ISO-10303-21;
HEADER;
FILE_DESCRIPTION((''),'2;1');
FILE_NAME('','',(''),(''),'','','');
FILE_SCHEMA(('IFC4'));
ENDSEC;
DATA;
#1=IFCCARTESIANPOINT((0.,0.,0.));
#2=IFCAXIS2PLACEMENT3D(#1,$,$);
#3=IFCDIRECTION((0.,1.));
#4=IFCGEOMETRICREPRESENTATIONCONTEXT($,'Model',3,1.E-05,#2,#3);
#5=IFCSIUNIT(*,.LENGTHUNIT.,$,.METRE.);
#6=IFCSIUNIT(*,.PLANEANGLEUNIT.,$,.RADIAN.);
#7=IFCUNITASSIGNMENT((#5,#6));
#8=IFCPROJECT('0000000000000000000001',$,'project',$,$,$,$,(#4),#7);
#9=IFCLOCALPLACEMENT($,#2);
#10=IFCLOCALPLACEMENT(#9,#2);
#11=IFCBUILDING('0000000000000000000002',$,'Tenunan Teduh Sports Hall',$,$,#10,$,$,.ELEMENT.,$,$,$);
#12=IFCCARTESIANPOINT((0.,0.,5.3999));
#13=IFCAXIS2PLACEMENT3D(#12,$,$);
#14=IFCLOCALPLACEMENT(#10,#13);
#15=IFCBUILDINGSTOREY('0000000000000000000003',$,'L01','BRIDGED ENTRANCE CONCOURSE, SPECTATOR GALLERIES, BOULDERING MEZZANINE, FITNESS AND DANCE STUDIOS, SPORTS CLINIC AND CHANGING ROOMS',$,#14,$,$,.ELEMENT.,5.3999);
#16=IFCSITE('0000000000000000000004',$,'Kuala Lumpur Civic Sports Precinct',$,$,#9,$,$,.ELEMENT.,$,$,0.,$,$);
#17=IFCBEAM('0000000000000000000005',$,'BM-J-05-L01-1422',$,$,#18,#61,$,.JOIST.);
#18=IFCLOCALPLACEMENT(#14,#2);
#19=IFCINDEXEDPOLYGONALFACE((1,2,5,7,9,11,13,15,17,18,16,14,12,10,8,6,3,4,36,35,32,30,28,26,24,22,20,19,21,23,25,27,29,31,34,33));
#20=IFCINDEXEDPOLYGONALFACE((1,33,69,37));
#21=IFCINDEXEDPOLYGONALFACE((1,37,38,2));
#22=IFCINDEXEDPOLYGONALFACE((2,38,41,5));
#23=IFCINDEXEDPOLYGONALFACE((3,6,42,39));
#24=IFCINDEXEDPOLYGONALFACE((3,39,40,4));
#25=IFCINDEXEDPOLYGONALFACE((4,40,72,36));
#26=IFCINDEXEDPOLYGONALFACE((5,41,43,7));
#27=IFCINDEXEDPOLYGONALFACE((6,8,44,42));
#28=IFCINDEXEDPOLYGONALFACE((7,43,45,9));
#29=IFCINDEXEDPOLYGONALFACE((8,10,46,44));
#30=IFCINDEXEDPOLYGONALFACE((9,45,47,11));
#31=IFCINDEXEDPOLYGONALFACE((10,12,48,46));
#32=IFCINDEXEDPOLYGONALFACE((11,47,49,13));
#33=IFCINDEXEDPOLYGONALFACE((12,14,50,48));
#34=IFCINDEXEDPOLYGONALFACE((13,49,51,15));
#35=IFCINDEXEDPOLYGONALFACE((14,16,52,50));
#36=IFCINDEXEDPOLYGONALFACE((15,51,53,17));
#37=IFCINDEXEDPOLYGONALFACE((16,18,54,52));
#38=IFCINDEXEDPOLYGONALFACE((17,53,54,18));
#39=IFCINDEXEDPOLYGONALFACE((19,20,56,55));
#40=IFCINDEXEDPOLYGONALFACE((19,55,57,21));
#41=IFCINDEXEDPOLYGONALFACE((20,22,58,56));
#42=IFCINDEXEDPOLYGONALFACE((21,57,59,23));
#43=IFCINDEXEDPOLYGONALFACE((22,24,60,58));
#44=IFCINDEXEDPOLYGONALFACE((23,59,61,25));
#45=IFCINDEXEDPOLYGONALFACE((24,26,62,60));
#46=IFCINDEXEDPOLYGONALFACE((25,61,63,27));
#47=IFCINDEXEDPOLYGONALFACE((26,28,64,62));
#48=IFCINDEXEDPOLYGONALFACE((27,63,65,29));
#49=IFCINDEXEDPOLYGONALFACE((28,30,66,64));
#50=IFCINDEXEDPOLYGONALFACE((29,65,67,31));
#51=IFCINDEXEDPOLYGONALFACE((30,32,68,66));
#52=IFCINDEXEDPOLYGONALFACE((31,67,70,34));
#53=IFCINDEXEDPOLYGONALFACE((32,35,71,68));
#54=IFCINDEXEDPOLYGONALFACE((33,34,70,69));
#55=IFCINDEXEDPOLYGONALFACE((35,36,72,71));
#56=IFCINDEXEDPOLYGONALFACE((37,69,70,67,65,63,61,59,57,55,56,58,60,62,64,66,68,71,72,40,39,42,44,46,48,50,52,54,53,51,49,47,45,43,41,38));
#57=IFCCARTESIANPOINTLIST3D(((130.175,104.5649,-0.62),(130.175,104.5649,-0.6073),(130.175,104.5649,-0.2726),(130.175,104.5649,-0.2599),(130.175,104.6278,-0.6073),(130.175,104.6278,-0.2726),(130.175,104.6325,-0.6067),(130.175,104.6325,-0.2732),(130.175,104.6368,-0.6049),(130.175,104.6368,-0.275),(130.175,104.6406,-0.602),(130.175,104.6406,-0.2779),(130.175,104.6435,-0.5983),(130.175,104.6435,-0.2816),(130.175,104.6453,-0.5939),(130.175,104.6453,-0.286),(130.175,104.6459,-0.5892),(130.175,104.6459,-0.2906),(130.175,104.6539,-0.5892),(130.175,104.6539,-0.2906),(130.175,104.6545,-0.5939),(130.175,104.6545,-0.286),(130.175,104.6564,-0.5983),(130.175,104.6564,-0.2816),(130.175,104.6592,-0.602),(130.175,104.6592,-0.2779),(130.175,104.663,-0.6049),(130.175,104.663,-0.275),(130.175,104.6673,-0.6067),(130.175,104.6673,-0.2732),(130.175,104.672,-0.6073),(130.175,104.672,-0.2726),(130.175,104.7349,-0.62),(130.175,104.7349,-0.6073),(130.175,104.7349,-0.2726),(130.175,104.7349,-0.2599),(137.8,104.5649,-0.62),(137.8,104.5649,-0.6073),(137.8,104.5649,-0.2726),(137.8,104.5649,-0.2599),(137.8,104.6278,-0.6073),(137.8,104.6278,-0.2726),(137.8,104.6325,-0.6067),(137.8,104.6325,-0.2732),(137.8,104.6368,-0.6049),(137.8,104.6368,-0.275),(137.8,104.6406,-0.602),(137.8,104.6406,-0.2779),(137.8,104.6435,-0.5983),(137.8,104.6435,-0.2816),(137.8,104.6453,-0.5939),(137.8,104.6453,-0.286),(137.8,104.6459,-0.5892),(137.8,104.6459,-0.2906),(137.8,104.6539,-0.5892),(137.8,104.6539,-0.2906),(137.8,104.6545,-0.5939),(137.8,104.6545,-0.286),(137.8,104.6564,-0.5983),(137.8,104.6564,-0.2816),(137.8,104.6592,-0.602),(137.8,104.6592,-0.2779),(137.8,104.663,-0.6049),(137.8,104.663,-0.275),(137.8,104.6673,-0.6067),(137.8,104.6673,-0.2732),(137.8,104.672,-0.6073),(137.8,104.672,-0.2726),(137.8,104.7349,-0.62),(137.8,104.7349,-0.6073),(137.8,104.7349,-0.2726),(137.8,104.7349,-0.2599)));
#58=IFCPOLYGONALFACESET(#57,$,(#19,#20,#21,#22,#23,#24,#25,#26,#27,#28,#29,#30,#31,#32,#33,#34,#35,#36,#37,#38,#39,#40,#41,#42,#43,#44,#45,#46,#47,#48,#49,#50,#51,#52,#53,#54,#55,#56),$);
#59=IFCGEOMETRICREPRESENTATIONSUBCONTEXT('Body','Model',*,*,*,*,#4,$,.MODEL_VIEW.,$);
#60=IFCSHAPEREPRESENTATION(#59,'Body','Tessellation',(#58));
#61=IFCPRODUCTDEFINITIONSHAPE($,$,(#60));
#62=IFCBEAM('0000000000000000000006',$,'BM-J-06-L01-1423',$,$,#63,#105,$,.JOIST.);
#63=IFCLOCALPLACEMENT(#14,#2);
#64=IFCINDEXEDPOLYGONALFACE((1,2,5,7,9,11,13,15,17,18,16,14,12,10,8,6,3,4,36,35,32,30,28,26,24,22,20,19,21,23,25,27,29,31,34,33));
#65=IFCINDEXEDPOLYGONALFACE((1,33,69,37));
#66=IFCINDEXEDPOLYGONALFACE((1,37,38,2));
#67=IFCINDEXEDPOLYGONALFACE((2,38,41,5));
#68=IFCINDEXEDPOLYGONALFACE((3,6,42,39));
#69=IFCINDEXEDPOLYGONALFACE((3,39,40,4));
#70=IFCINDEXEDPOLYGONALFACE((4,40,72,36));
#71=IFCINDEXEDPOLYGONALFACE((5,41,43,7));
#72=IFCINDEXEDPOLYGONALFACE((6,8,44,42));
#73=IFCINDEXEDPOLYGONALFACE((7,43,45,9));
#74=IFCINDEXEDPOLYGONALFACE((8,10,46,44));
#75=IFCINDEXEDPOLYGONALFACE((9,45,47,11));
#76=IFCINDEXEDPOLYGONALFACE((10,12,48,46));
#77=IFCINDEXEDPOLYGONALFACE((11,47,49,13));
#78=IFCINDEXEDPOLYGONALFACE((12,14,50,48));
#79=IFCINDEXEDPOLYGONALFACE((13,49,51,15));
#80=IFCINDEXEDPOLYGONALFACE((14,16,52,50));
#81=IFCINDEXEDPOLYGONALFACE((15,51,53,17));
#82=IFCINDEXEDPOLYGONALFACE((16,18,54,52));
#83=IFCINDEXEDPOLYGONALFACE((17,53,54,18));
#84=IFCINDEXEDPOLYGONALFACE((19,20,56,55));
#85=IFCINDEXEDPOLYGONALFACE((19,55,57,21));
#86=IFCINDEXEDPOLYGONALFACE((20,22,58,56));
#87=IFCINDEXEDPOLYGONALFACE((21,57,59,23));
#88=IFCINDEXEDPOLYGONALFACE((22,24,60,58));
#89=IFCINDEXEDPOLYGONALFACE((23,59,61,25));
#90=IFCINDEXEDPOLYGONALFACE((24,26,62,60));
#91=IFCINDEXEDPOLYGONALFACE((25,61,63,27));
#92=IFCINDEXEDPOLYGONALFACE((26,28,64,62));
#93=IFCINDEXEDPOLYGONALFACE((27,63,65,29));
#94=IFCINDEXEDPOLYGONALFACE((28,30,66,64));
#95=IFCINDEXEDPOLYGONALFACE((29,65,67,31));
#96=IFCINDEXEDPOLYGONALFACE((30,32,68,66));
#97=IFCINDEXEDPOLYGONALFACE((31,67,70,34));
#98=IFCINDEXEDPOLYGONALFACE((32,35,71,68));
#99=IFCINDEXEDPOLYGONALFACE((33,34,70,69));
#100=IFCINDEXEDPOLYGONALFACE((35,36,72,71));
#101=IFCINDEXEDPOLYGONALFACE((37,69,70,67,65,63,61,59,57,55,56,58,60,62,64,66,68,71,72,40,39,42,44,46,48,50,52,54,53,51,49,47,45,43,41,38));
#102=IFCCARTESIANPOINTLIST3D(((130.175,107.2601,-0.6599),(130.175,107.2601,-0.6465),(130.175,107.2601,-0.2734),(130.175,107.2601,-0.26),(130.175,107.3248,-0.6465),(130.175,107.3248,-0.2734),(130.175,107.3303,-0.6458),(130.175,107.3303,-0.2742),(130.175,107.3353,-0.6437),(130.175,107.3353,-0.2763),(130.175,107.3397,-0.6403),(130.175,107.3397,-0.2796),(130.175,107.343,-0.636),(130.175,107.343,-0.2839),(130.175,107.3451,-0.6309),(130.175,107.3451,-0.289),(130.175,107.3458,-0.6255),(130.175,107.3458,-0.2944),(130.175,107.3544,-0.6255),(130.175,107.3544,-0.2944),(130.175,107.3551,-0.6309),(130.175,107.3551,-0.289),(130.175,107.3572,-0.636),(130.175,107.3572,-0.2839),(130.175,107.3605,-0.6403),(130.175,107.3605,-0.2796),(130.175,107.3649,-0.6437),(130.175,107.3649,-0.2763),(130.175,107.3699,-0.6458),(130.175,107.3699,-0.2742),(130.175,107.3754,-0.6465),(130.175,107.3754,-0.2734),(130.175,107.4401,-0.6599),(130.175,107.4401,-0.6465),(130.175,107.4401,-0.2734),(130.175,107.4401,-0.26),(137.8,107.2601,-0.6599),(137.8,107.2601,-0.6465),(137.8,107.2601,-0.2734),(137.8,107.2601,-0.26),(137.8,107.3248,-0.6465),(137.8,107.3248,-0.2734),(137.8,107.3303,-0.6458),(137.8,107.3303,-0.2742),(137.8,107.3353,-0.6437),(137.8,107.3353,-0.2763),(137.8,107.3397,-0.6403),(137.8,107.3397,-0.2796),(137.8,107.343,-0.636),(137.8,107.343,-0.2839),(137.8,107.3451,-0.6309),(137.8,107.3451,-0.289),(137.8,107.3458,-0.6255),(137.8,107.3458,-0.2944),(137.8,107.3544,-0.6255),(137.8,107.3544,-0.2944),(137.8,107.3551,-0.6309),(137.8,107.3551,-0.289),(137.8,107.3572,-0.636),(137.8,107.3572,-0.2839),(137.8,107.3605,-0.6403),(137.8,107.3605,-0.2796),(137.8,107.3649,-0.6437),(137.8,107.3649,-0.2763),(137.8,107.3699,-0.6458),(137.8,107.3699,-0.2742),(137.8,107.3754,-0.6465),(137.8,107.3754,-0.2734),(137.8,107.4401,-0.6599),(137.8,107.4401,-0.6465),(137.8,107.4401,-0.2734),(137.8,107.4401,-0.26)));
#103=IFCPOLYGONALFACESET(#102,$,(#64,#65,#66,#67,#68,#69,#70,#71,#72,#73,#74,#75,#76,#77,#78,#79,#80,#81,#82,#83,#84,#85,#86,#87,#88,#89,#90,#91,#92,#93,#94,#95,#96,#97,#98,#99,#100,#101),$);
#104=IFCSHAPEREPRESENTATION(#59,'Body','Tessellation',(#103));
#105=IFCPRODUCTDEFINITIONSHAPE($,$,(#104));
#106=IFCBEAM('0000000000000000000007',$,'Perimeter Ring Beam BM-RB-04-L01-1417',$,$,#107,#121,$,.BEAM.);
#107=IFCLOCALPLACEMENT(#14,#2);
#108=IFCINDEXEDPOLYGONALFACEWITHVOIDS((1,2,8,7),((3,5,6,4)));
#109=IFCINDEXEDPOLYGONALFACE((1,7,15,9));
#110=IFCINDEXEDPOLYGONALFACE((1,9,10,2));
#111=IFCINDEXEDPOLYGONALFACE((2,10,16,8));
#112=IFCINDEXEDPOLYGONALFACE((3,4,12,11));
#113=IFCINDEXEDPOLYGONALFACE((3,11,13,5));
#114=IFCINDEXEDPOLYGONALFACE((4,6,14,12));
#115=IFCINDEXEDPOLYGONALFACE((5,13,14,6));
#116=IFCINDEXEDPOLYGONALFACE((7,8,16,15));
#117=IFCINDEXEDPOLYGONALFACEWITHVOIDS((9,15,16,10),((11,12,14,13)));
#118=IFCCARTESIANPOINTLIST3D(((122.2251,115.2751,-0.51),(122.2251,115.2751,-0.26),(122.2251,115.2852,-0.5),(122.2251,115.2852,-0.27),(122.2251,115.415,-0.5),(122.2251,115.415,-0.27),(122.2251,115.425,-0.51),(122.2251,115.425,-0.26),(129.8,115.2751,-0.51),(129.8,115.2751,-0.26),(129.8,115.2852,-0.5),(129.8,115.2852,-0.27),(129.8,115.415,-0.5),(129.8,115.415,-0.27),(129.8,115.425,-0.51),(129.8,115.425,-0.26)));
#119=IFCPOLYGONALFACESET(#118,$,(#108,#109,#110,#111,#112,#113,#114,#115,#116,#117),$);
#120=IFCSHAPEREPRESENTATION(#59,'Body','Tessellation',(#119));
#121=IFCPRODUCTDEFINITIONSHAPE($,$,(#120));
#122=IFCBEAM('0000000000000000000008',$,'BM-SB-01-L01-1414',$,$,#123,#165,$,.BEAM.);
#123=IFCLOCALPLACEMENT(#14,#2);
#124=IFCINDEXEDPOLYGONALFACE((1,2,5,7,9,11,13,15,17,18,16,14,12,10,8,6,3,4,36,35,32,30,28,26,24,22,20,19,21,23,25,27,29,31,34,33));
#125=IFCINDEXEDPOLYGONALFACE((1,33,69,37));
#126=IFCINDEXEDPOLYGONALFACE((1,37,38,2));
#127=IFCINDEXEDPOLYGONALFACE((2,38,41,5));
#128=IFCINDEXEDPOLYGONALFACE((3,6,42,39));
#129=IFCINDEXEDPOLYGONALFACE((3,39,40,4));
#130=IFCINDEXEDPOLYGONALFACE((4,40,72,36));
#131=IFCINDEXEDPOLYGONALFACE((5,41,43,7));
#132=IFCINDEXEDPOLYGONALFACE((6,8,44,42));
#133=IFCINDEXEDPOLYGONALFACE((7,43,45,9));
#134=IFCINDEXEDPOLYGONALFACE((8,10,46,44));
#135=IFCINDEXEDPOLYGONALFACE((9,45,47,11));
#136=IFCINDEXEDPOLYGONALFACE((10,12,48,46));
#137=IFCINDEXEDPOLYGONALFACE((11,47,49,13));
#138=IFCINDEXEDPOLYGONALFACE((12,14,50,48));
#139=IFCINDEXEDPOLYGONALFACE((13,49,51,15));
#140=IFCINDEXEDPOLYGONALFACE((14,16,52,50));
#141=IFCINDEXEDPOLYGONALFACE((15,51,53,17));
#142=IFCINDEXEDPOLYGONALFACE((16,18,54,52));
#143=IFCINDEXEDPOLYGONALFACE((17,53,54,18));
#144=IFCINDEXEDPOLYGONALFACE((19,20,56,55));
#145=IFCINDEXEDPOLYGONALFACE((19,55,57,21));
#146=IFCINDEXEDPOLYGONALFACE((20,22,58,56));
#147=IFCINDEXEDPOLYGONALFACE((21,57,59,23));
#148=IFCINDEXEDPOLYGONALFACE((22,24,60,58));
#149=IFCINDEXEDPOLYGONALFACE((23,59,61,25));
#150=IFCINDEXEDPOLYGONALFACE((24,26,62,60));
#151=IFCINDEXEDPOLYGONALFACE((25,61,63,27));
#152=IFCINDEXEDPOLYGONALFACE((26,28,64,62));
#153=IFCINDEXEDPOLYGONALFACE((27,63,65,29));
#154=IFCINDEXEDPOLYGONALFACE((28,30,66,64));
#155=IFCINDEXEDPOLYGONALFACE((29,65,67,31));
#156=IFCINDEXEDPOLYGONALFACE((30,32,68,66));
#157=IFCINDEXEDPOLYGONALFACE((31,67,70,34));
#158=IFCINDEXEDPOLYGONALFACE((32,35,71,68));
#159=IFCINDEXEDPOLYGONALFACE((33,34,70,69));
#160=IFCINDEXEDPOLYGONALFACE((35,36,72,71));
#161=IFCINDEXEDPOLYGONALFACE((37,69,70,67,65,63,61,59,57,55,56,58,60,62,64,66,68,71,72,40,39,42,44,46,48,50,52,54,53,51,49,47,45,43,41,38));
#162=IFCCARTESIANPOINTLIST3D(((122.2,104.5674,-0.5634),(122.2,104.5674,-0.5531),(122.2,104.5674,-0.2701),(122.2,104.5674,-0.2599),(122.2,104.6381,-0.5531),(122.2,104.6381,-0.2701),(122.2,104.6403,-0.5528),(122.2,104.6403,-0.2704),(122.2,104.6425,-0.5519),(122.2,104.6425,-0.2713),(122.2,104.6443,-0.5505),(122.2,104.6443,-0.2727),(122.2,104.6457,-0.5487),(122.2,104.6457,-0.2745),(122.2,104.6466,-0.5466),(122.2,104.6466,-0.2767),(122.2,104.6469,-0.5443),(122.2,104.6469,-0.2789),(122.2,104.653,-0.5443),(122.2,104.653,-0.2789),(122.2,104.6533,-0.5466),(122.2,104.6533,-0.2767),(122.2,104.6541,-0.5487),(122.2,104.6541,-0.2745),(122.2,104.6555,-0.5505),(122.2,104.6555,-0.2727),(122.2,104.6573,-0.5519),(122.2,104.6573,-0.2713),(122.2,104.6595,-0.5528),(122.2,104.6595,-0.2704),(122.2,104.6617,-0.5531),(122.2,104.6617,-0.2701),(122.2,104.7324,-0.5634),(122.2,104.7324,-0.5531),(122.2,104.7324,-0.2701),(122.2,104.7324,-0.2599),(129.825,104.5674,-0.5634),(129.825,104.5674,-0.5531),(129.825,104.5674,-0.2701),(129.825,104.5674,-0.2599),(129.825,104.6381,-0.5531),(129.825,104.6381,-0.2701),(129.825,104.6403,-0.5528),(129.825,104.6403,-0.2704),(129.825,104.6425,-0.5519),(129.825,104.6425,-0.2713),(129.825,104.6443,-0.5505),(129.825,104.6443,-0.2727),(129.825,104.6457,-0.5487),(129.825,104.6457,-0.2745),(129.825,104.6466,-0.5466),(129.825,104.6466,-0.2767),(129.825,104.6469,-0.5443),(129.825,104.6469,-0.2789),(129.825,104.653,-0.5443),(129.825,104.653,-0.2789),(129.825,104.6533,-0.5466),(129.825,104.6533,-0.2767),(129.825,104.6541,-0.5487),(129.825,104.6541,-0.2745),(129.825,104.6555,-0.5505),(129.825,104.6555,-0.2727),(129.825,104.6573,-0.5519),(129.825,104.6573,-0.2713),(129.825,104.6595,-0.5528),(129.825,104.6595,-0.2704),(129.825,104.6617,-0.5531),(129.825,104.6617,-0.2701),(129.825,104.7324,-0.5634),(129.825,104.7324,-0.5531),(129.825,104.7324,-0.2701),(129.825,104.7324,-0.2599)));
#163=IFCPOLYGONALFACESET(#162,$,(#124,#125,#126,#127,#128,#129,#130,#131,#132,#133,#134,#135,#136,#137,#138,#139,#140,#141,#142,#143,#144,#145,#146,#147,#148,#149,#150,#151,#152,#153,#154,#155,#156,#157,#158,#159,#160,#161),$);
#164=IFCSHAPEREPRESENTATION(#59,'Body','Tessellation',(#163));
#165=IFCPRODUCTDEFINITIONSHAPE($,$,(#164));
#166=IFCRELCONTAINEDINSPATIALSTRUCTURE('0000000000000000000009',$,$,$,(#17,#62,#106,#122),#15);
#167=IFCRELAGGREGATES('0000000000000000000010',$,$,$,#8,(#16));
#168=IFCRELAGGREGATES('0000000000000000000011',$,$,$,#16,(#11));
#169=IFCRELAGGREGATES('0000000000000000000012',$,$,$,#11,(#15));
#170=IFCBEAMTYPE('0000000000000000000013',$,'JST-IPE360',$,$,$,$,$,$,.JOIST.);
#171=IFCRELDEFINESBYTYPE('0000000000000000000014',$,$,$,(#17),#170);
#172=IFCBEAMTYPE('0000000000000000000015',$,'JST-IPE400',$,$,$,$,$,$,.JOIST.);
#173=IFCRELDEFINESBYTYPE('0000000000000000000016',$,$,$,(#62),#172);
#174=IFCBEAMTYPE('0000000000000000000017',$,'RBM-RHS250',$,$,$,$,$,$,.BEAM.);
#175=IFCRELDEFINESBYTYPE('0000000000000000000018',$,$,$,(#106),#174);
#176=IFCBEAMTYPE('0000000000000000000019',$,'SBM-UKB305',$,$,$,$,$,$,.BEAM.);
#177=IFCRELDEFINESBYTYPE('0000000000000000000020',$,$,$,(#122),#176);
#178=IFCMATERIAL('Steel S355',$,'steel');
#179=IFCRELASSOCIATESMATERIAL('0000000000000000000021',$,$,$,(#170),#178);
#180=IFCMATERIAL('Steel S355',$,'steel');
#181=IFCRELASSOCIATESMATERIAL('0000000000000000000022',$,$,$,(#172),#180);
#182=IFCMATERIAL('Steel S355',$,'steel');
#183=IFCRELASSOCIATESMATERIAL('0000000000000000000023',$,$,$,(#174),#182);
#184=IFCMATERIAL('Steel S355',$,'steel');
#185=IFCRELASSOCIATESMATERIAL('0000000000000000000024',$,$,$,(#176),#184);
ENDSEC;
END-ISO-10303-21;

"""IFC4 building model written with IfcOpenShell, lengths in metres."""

from ifc_helpers import new_model, si_unit, direction, frame, origin, origin_2d, place, context, subcontext, project, spatial, hollow_rectangle, i_section, extrude, material, material_profile, profile_set, type_object, element, save


model = new_model("IFC4")

# Units and contexts
model_context = context("Model", 3, precision=1e-05, world=origin(), true_north=direction((0.0, 1.0)))
body_context = subcontext(model_context, "Body", "Model", "MODEL_VIEW")
ifc_project = project(units=[si_unit("LENGTHUNIT", "METRE"), si_unit("PLANEANGLEUNIT", "RADIAN")], contexts=[model_context])

# Site, building, storey
site_placement = place(None, origin())
site = spatial("IfcSite", under=ifc_project, at=site_placement, Name="Kuala Lumpur Civic Sports Precinct", CompositionType="ELEMENT", RefElevation=0.0)
building_placement = place(site_placement, origin())
building = spatial("IfcBuilding", under=site, at=building_placement, Name="Tenunan Teduh Sports Hall", CompositionType="ELEMENT")
storey_placement = place(building_placement, frame((0.0, 0.0, 5.3999)))
storey = spatial("IfcBuildingStorey", under=building, at=storey_placement, Name="L01", Description="BRIDGED ENTRANCE CONCOURSE, SPECTATOR GALLERIES, BOULDERING MEZZANINE, FITNESS AND DANCE STUDIOS, SPORTS CLINIC AND CHANGING ROOMS", CompositionType="ELEMENT", Elevation=5.3999)

# Beams
ifc_material_1 = material(Name="Steel S355", Category="steel")
ifc_material_profile_1 = material_profile(ifc_material_1, i_section(OverallWidth=0.1699, OverallDepth=0.3601, WebThickness=0.0081, FlangeThickness=0.0127, FilletRadius=0.0181, at=origin_2d()), Name="IPE 360")
ifc_profile_set_1 = profile_set([ifc_material_profile_1], Name="Steel S355")
beam_type_1 = type_object("IfcBeamType", Name="JST-IPE360", PredefinedType="JOIST", material=ifc_profile_set_1)
beam_1_placement = place(storey_placement, frame((130.175, 104.6499, -0.4399), z_axis=(1.0, 0.0, 0.0), x_axis=(0.0, 1.0, 0.0)))
element("IfcBeam", 1, at=beam_1_placement, inside=storey, type_object=beam_type_1, Name="BM-J-05-L01-1422", PredefinedType="JOIST", context=body_context, shape_type="SweptSolid", body=[
    extrude(i_section(OverallWidth=0.1699, OverallDepth=0.3601, WebThickness=0.0081, FlangeThickness=0.0127, FilletRadius=0.0181, at=origin_2d()), origin(), (0.0, 0.0, 1.0), 7.625),
])
ifc_material_2 = material(Name="Steel S355", Category="steel")
ifc_material_profile_2 = material_profile(ifc_material_2, i_section(OverallWidth=0.1799, OverallDepth=0.3999, WebThickness=0.0085, FlangeThickness=0.0134, FilletRadius=0.021, at=origin_2d()), Name="IPE 400")
ifc_profile_set_2 = profile_set([ifc_material_profile_2], Name="Steel S355")
beam_type_2 = type_object("IfcBeamType", Name="JST-IPE400", PredefinedType="JOIST", material=ifc_profile_set_2)
beam_2_placement = place(storey_placement, frame((130.175, 107.3501, -0.46), z_axis=(1.0, 0.0, 0.0), x_axis=(0.0, 1.0, 0.0)))
element("IfcBeam", 2, at=beam_2_placement, inside=storey, type_object=beam_type_2, Name="BM-J-06-L01-1423", PredefinedType="JOIST", context=body_context, shape_type="SweptSolid", body=[
    extrude(i_section(OverallWidth=0.1799, OverallDepth=0.3999, WebThickness=0.0085, FlangeThickness=0.0134, FilletRadius=0.021, at=origin_2d()), origin(), (0.0, 0.0, 1.0), 7.625),
])
ifc_material_3 = material(Name="Steel S355", Category="steel")
ifc_material_profile_3 = material_profile(ifc_material_3, hollow_rectangle(XDim=0.1499, YDim=0.25, WallThickness=0.01, at=origin_2d()), Name="RHS 250x150x10.0")
ifc_profile_set_3 = profile_set([ifc_material_profile_3], Name="Steel S355")
beam_type_3 = type_object("IfcBeamType", Name="RBM-RHS250", PredefinedType="BEAM", material=ifc_profile_set_3)
beam_3_placement = place(storey_placement, frame((122.2251, 115.3501, -0.385), z_axis=(1.0, 0.0, 0.0), x_axis=(0.0, 1.0, 0.0)))
element("IfcBeam", 3, at=beam_3_placement, inside=storey, type_object=beam_type_3, Name="Perimeter Ring Beam BM-RB-04-L01-1417", PredefinedType="BEAM", context=body_context, shape_type="SweptSolid", body=[
    extrude(hollow_rectangle(XDim=0.1499, YDim=0.25, WallThickness=0.01, at=origin_2d()), origin(), (0.0, 0.0, 1.0), 7.575),
])
ifc_material_4 = material(Name="Steel S355", Category="steel")
ifc_material_profile_4 = material_profile(ifc_material_4, i_section(OverallWidth=0.165, OverallDepth=0.3035, WebThickness=0.0061, FlangeThickness=0.0103, FilletRadius=0.0088, at=origin_2d()), Name="UKB 305x165x40")
ifc_profile_set_4 = profile_set([ifc_material_profile_4], Name="Steel S355")
beam_type_4 = type_object("IfcBeamType", Name="SBM-UKB305", PredefinedType="BEAM", material=ifc_profile_set_4)
beam_4_placement = place(storey_placement, frame((122.2, 104.6499, -0.4116), z_axis=(1.0, 0.0, 0.0), x_axis=(0.0, 1.0, 0.0)))
element("IfcBeam", 4, at=beam_4_placement, inside=storey, type_object=beam_type_4, Name="BM-SB-01-L01-1414", PredefinedType="BEAM", context=body_context, shape_type="SweptSolid", body=[
    extrude(i_section(OverallWidth=0.165, OverallDepth=0.3035, WebThickness=0.0061, FlangeThickness=0.0103, FilletRadius=0.0088, at=origin_2d()), origin(), (0.0, 0.0, 1.0), 7.625),
])

save(model, "model.ifc")
